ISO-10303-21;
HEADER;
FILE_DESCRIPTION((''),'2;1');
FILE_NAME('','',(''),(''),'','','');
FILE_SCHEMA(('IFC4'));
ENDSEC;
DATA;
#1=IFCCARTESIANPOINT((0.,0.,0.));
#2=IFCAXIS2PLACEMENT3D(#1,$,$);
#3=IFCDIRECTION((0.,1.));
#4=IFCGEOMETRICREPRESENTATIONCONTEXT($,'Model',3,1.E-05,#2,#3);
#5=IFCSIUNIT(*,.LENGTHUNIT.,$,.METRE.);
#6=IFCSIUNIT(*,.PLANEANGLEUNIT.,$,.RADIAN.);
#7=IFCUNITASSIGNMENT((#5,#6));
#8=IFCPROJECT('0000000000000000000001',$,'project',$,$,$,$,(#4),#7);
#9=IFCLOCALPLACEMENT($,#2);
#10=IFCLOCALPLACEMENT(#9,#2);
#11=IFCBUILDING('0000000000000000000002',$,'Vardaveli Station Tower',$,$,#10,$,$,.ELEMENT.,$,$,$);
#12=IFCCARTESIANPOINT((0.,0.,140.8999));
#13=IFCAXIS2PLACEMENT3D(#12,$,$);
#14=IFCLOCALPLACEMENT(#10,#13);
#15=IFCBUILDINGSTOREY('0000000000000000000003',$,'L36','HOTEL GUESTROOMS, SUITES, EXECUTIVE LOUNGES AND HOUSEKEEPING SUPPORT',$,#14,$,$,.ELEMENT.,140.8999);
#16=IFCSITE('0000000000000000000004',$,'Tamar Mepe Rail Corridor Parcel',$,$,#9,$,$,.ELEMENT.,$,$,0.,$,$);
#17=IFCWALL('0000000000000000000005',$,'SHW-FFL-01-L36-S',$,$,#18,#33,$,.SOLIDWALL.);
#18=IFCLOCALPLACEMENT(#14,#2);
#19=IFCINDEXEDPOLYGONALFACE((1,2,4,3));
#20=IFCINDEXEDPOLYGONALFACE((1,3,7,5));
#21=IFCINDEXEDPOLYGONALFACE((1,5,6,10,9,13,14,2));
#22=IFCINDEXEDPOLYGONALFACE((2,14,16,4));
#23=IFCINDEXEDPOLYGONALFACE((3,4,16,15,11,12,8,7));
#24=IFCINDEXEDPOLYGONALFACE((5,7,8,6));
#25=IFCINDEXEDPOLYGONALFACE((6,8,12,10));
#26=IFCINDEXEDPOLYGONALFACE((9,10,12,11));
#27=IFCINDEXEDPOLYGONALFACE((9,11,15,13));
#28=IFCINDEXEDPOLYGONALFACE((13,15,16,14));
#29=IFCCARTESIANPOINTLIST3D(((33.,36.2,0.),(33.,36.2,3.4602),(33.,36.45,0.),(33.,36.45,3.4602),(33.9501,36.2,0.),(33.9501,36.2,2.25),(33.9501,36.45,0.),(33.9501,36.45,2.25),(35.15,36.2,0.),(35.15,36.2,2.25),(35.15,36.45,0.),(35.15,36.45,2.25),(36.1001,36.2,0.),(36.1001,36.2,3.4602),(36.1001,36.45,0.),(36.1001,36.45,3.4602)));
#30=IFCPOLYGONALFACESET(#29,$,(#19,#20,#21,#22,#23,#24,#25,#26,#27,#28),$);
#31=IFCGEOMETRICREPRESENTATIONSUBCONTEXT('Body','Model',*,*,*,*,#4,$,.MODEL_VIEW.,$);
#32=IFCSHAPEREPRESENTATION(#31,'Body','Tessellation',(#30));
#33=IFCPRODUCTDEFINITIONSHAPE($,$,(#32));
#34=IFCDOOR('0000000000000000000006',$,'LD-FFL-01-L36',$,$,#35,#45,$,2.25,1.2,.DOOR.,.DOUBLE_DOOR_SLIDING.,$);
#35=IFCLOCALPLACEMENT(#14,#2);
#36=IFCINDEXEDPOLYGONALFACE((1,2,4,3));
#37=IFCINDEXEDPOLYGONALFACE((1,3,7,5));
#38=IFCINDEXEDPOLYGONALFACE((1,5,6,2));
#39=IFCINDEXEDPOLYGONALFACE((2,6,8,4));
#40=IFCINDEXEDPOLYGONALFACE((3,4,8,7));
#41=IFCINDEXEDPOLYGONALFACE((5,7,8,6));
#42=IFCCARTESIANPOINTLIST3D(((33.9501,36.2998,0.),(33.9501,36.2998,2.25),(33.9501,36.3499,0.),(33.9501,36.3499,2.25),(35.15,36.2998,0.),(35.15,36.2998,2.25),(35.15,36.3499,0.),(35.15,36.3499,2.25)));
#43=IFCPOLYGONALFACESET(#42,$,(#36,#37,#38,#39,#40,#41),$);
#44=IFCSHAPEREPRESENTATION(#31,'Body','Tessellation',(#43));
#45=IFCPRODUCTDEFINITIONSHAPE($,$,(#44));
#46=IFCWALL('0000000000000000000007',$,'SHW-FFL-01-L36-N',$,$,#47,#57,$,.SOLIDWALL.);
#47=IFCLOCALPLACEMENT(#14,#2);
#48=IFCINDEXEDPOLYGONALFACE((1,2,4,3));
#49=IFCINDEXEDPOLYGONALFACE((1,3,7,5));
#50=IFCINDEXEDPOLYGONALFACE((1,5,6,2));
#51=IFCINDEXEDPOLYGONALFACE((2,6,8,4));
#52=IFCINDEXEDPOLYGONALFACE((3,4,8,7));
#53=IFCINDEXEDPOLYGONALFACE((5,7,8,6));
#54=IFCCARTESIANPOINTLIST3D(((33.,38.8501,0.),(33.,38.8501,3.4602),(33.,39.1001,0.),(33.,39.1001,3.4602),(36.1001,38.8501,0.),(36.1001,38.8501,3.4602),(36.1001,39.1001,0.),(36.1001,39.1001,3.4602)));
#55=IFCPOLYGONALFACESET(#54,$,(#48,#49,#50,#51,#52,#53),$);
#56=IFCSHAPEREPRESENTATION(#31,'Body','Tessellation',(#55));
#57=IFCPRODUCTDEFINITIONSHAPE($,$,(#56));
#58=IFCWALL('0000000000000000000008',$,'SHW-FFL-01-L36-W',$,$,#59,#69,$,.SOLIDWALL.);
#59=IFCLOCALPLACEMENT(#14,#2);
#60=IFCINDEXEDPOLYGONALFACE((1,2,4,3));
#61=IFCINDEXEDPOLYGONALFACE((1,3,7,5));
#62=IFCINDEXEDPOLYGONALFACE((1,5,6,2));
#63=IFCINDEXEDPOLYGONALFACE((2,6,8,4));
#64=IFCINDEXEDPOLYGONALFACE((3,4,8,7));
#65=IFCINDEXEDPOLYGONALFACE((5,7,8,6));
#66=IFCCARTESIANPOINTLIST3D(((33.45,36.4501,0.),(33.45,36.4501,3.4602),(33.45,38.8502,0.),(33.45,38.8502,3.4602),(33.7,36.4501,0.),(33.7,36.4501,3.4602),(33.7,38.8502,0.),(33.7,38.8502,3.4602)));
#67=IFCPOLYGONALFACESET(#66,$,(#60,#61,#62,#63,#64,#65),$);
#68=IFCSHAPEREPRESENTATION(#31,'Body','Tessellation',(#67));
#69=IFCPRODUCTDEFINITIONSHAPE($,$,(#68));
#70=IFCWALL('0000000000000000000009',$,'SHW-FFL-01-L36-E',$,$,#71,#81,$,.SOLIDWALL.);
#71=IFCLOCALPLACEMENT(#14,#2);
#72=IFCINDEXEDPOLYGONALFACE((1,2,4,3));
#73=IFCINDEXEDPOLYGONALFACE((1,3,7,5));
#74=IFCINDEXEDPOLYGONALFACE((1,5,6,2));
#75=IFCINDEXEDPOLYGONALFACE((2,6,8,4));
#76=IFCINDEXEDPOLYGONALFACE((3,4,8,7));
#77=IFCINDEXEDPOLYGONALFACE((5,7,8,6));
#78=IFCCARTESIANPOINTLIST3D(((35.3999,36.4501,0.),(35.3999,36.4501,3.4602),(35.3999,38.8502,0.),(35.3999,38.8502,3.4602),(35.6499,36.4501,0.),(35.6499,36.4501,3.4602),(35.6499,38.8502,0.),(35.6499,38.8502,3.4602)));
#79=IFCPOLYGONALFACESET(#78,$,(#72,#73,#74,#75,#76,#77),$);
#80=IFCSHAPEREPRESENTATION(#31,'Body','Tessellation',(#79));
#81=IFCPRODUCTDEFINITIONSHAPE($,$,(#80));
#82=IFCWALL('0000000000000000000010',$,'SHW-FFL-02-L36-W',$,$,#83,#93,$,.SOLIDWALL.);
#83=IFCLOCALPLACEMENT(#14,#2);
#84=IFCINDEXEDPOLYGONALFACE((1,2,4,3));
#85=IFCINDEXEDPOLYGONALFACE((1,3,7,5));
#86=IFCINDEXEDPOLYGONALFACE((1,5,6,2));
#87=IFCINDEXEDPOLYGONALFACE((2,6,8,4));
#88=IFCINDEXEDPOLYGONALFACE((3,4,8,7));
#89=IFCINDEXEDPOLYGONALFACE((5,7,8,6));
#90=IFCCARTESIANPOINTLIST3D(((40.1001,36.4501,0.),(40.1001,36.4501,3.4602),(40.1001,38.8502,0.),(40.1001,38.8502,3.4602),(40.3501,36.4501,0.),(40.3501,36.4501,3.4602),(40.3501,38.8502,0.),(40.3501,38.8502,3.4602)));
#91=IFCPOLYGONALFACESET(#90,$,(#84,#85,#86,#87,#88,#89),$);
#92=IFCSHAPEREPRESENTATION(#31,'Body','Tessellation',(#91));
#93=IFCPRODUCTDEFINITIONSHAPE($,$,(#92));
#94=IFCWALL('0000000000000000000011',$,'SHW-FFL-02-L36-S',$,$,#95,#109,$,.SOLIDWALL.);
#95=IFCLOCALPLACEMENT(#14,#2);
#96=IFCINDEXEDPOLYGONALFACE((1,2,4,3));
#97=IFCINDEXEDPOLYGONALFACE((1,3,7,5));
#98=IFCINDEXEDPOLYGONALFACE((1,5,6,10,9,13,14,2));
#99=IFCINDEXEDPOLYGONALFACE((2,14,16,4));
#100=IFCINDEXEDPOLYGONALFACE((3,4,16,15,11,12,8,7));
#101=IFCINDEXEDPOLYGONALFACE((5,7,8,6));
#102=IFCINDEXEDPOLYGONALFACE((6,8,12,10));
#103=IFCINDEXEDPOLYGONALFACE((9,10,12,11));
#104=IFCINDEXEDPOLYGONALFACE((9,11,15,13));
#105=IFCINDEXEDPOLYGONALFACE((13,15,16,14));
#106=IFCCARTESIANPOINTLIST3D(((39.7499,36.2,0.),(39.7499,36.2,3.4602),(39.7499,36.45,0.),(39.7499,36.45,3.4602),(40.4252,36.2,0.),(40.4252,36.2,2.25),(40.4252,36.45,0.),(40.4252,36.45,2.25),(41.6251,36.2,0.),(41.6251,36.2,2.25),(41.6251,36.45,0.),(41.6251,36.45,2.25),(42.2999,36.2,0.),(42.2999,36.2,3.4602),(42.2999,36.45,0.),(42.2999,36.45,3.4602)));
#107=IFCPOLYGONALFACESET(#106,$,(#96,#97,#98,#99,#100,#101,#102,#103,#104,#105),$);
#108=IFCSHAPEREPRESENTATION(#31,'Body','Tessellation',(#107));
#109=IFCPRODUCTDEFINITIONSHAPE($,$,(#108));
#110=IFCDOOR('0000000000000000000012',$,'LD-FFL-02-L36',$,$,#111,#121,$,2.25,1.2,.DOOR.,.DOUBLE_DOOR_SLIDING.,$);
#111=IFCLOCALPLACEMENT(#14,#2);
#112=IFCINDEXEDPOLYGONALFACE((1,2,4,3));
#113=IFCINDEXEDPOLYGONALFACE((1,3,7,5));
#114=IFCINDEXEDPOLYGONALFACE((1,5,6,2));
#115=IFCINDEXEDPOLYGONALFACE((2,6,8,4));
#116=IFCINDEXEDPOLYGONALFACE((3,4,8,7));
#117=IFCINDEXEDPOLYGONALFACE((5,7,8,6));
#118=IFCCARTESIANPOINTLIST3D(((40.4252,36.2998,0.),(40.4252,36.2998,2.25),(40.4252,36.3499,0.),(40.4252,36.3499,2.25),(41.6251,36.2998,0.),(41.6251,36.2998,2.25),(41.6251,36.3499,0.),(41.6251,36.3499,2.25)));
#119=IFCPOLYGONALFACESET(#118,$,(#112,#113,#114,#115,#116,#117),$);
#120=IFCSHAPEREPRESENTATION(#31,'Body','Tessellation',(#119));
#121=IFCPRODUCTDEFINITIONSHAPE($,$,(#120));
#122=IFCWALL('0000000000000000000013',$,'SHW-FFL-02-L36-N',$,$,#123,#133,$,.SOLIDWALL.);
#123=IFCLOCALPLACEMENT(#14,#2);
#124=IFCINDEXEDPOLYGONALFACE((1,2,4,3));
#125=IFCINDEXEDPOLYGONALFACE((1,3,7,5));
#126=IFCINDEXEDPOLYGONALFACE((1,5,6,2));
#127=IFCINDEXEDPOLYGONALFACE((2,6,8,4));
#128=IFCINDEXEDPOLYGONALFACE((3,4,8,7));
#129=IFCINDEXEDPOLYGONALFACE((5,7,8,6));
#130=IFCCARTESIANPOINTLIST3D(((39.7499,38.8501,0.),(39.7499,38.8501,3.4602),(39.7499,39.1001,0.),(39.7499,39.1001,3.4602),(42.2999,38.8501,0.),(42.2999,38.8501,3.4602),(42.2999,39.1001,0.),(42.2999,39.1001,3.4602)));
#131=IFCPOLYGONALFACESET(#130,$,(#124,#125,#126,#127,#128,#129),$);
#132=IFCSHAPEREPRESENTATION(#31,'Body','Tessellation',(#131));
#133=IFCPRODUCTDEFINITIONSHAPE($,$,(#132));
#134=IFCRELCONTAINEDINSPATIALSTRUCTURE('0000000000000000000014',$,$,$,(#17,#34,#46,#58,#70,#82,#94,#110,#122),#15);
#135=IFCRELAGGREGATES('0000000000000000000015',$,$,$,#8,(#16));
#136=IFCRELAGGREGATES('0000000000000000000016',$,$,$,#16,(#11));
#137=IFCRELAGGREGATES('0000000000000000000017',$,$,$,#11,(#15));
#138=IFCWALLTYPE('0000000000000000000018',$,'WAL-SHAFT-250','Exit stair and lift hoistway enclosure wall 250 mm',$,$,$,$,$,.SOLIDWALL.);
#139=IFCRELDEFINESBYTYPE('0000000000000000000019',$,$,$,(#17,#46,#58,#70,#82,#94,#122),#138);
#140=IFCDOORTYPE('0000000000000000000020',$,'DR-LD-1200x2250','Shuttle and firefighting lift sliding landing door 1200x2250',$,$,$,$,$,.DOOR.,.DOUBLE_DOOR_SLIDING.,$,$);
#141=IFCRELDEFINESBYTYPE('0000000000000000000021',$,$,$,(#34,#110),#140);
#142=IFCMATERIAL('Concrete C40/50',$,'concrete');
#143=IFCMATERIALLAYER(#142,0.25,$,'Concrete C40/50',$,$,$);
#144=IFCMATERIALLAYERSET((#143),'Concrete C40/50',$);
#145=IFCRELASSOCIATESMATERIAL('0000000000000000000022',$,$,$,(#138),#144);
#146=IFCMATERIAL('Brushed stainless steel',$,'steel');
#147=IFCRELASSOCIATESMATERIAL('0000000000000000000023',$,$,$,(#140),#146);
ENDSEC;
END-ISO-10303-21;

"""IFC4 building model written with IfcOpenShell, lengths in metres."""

from ifc_helpers import new_model, si_unit, direction, frame, frame_2d, origin, place, context, subcontext, project, spatial, rectangle, extrude, source, transform, mapped, material, layer, layer_set, type_object, element, fill, save


model = new_model("IFC4")

# Units and contexts
model_context = context("Model", 3, precision=1e-05, world=origin(), true_north=direction((0.0, 1.0)))
body_context = subcontext(model_context, "Body", "Model", "MODEL_VIEW")
ifc_project = project(units=[si_unit("LENGTHUNIT", "METRE"), si_unit("PLANEANGLEUNIT", "RADIAN")], contexts=[model_context])

# Site, building, storey
site_placement = place(None, origin())
site = spatial("IfcSite", under=ifc_project, at=site_placement, Name="Tamar Mepe Rail Corridor Parcel", CompositionType="ELEMENT", RefElevation=0.0)
building_placement = place(site_placement, origin())
building = spatial("IfcBuilding", under=site, at=building_placement, Name="Vardaveli Station Tower", CompositionType="ELEMENT")
storey_placement = place(building_placement, frame((0.0, 0.0, 140.8999)))
storey = spatial("IfcBuildingStorey", under=building, at=storey_placement, Name="L36", Description="HOTEL GUESTROOMS, SUITES, EXECUTIVE LOUNGES AND HOUSEKEEPING SUPPORT", CompositionType="ELEMENT", Elevation=140.8999)

# Shared definitions
ifc_material_1 = material(Name="Concrete C40/50", Category="concrete")
ifc_layer_1 = layer(ifc_material_1, 0.25, Name="Concrete C40/50")
ifc_layer_set_1 = layer_set([ifc_layer_1], Name="Concrete C40/50")
wall_type = type_object("IfcWallType", Name="WAL-SHAFT-250", Description="Exit stair and lift hoistway enclosure wall 250 mm", PredefinedType="SOLIDWALL", material=ifc_layer_set_1)

# Wall, opening, door
shared_shape_1 = source(origin(), body_context, "Body", "SweptSolid", [
    extrude(rectangle(XDim=3.1001, YDim=0.25, at=frame_2d((1.55, 0.0))), origin(), (0.0, 0.0, 1.0), 3.4602),
])
wall_1_placement = place(storey_placement, frame((33.0, 36.325, 0.0), z_axis=(0.0, 0.0, 1.0), x_axis=(1.0, 0.0, 0.0)))
wall_1 = element("IfcWall", 1, at=wall_1_placement, inside=storey, type_object=wall_type, Name="SHW-FFL-01-L36-S", PredefinedType="SOLIDWALL", context=body_context, shape_type="MappedRepresentation", body=[
    mapped(shared_shape_1, transform((0.0, 0.0, 0.0), scale=1.0)),
])
shared_shape_2 = source(origin(), body_context, "Body", "SweptSolid", [
    extrude(rectangle(XDim=1.2, YDim=2.25, at=frame_2d((0.6001, 1.125))), frame((0.0, 0.135, 0.0), z_axis=(0.0, -1.0, 0.0), x_axis=(1.0, 0.0, 0.0)), (0.0, 0.0, 1.0), 0.27),
])
opening_1_placement = place(wall_1_placement, frame((0.95, 0.0, 0.0)))
opening_1 = element("IfcOpeningElement", 2, at=opening_1_placement, cuts=wall_1, PredefinedType="OPENING", context=body_context, shape_type="MappedRepresentation", body=[
    mapped(shared_shape_2, transform((0.0, 0.0, 0.0), scale=1.0)),
])
ifc_material_2 = material(Name="Brushed stainless steel", Category="steel")
door_type = type_object("IfcDoorType", Name="DR-LD-1200x2250", Description="Shuttle and firefighting lift sliding landing door 1200x2250", OperationType="DOUBLE_DOOR_SLIDING", PredefinedType="DOOR", material=ifc_material_2)
shared_shape_3 = source(origin(), body_context, "Body", "SweptSolid", [
    extrude(rectangle(XDim=1.2, YDim=2.25, at=frame_2d((0.6001, 1.125))), frame((0.0, 0.0249, 0.0), z_axis=(0.0, -1.0, 0.0), x_axis=(1.0, 0.0, 0.0)), (0.0, 0.0, 1.0), 0.05),
])
door_1_placement = place(opening_1_placement, origin())
door_1 = element("IfcDoor", 3, at=door_1_placement, inside=storey, type_object=door_type, Name="LD-FFL-01-L36", OperationType="DOUBLE_DOOR_SLIDING", OverallHeight=2.25, OverallWidth=1.2, PredefinedType="DOOR", context=body_context, shape_type="MappedRepresentation", body=[
    mapped(shared_shape_3, transform((0.0, 0.0, 0.0), scale=1.0)),
])
fill(opening_1, door_1)

# Walls
wall_2_placement = place(storey_placement, frame((33.0, 38.9751, 0.0), z_axis=(0.0, 0.0, 1.0), x_axis=(1.0, 0.0, 0.0)))
element("IfcWall", 4, at=wall_2_placement, inside=storey, type_object=wall_type, Name="SHW-FFL-01-L36-N", PredefinedType="SOLIDWALL", context=body_context, shape_type="MappedRepresentation", body=[
    mapped(shared_shape_1, transform((0.0, 0.0, 0.0), scale=1.0)),
])
shared_shape_4 = source(origin(), body_context, "Body", "SweptSolid", [
    extrude(rectangle(XDim=2.4001, YDim=0.25, at=frame_2d((1.2002, 0.0))), origin(), (0.0, 0.0, 1.0), 3.4602),
])
for number, where, z_axis, x_axis, name in (
    (5, (33.575, 36.45, 0.0), (0.0, 0.0, 1.0), (0.0, 1.0, 0.0), "SHW-FFL-01-L36-W"),
    (6, (35.5249, 36.45, 0.0), (0.0, 0.0, 1.0), (0.0, 1.0, 0.0), "SHW-FFL-01-L36-E"),
    (7, (40.2251, 36.45, 0.0), (0.0, 0.0, 1.0), (0.0, 1.0, 0.0), "SHW-FFL-02-L36-W"),
):
    element("IfcWall", number, at=place(storey_placement, frame(where, z_axis=z_axis, x_axis=x_axis)), inside=storey, type_object=wall_type, Name=name, PredefinedType="SOLIDWALL", context=body_context, shape_type="MappedRepresentation", body=[
        mapped(shared_shape_4, transform((0.0, 0.0, 0.0), scale=1.0)),
    ])

# Wall, opening, door
shared_shape_5 = source(origin(), body_context, "Body", "SweptSolid", [
    extrude(rectangle(XDim=2.55, YDim=0.25, at=frame_2d((1.2749, 0.0))), origin(), (0.0, 0.0, 1.0), 3.4602),
])
wall_3_placement = place(storey_placement, frame((39.75, 36.325, 0.0), z_axis=(0.0, 0.0, 1.0), x_axis=(1.0, 0.0, 0.0)))
wall_3 = element("IfcWall", 8, at=wall_3_placement, inside=storey, type_object=wall_type, Name="SHW-FFL-02-L36-S", PredefinedType="SOLIDWALL", context=body_context, shape_type="MappedRepresentation", body=[
    mapped(shared_shape_5, transform((0.0, 0.0, 0.0), scale=1.0)),
])
opening_2_placement = place(wall_3_placement, frame((0.675, 0.0, 0.0)))
opening_2 = element("IfcOpeningElement", 9, at=opening_2_placement, cuts=wall_3, PredefinedType="OPENING", context=body_context, shape_type="MappedRepresentation", body=[
    mapped(shared_shape_2, transform((0.0, 0.0, 0.0), scale=1.0)),
])
door_2_placement = place(opening_2_placement, origin())
door_2 = element("IfcDoor", 10, at=door_2_placement, inside=storey, type_object=door_type, Name="LD-FFL-02-L36", OperationType="DOUBLE_DOOR_SLIDING", OverallHeight=2.25, OverallWidth=1.2, PredefinedType="DOOR", context=body_context, shape_type="MappedRepresentation", body=[
    mapped(shared_shape_3, transform((0.0, 0.0, 0.0), scale=1.0)),
])
fill(opening_2, door_2)

# Wall
wall_4_placement = place(storey_placement, frame((39.75, 38.9751, 0.0), z_axis=(0.0, 0.0, 1.0), x_axis=(1.0, 0.0, 0.0)))
element("IfcWall", 11, at=wall_4_placement, inside=storey, type_object=wall_type, Name="SHW-FFL-02-L36-N", PredefinedType="SOLIDWALL", context=body_context, shape_type="MappedRepresentation", body=[
    mapped(shared_shape_5, transform((0.0, 0.0, 0.0), scale=1.0)),
])

save(model, "model.ifc")
